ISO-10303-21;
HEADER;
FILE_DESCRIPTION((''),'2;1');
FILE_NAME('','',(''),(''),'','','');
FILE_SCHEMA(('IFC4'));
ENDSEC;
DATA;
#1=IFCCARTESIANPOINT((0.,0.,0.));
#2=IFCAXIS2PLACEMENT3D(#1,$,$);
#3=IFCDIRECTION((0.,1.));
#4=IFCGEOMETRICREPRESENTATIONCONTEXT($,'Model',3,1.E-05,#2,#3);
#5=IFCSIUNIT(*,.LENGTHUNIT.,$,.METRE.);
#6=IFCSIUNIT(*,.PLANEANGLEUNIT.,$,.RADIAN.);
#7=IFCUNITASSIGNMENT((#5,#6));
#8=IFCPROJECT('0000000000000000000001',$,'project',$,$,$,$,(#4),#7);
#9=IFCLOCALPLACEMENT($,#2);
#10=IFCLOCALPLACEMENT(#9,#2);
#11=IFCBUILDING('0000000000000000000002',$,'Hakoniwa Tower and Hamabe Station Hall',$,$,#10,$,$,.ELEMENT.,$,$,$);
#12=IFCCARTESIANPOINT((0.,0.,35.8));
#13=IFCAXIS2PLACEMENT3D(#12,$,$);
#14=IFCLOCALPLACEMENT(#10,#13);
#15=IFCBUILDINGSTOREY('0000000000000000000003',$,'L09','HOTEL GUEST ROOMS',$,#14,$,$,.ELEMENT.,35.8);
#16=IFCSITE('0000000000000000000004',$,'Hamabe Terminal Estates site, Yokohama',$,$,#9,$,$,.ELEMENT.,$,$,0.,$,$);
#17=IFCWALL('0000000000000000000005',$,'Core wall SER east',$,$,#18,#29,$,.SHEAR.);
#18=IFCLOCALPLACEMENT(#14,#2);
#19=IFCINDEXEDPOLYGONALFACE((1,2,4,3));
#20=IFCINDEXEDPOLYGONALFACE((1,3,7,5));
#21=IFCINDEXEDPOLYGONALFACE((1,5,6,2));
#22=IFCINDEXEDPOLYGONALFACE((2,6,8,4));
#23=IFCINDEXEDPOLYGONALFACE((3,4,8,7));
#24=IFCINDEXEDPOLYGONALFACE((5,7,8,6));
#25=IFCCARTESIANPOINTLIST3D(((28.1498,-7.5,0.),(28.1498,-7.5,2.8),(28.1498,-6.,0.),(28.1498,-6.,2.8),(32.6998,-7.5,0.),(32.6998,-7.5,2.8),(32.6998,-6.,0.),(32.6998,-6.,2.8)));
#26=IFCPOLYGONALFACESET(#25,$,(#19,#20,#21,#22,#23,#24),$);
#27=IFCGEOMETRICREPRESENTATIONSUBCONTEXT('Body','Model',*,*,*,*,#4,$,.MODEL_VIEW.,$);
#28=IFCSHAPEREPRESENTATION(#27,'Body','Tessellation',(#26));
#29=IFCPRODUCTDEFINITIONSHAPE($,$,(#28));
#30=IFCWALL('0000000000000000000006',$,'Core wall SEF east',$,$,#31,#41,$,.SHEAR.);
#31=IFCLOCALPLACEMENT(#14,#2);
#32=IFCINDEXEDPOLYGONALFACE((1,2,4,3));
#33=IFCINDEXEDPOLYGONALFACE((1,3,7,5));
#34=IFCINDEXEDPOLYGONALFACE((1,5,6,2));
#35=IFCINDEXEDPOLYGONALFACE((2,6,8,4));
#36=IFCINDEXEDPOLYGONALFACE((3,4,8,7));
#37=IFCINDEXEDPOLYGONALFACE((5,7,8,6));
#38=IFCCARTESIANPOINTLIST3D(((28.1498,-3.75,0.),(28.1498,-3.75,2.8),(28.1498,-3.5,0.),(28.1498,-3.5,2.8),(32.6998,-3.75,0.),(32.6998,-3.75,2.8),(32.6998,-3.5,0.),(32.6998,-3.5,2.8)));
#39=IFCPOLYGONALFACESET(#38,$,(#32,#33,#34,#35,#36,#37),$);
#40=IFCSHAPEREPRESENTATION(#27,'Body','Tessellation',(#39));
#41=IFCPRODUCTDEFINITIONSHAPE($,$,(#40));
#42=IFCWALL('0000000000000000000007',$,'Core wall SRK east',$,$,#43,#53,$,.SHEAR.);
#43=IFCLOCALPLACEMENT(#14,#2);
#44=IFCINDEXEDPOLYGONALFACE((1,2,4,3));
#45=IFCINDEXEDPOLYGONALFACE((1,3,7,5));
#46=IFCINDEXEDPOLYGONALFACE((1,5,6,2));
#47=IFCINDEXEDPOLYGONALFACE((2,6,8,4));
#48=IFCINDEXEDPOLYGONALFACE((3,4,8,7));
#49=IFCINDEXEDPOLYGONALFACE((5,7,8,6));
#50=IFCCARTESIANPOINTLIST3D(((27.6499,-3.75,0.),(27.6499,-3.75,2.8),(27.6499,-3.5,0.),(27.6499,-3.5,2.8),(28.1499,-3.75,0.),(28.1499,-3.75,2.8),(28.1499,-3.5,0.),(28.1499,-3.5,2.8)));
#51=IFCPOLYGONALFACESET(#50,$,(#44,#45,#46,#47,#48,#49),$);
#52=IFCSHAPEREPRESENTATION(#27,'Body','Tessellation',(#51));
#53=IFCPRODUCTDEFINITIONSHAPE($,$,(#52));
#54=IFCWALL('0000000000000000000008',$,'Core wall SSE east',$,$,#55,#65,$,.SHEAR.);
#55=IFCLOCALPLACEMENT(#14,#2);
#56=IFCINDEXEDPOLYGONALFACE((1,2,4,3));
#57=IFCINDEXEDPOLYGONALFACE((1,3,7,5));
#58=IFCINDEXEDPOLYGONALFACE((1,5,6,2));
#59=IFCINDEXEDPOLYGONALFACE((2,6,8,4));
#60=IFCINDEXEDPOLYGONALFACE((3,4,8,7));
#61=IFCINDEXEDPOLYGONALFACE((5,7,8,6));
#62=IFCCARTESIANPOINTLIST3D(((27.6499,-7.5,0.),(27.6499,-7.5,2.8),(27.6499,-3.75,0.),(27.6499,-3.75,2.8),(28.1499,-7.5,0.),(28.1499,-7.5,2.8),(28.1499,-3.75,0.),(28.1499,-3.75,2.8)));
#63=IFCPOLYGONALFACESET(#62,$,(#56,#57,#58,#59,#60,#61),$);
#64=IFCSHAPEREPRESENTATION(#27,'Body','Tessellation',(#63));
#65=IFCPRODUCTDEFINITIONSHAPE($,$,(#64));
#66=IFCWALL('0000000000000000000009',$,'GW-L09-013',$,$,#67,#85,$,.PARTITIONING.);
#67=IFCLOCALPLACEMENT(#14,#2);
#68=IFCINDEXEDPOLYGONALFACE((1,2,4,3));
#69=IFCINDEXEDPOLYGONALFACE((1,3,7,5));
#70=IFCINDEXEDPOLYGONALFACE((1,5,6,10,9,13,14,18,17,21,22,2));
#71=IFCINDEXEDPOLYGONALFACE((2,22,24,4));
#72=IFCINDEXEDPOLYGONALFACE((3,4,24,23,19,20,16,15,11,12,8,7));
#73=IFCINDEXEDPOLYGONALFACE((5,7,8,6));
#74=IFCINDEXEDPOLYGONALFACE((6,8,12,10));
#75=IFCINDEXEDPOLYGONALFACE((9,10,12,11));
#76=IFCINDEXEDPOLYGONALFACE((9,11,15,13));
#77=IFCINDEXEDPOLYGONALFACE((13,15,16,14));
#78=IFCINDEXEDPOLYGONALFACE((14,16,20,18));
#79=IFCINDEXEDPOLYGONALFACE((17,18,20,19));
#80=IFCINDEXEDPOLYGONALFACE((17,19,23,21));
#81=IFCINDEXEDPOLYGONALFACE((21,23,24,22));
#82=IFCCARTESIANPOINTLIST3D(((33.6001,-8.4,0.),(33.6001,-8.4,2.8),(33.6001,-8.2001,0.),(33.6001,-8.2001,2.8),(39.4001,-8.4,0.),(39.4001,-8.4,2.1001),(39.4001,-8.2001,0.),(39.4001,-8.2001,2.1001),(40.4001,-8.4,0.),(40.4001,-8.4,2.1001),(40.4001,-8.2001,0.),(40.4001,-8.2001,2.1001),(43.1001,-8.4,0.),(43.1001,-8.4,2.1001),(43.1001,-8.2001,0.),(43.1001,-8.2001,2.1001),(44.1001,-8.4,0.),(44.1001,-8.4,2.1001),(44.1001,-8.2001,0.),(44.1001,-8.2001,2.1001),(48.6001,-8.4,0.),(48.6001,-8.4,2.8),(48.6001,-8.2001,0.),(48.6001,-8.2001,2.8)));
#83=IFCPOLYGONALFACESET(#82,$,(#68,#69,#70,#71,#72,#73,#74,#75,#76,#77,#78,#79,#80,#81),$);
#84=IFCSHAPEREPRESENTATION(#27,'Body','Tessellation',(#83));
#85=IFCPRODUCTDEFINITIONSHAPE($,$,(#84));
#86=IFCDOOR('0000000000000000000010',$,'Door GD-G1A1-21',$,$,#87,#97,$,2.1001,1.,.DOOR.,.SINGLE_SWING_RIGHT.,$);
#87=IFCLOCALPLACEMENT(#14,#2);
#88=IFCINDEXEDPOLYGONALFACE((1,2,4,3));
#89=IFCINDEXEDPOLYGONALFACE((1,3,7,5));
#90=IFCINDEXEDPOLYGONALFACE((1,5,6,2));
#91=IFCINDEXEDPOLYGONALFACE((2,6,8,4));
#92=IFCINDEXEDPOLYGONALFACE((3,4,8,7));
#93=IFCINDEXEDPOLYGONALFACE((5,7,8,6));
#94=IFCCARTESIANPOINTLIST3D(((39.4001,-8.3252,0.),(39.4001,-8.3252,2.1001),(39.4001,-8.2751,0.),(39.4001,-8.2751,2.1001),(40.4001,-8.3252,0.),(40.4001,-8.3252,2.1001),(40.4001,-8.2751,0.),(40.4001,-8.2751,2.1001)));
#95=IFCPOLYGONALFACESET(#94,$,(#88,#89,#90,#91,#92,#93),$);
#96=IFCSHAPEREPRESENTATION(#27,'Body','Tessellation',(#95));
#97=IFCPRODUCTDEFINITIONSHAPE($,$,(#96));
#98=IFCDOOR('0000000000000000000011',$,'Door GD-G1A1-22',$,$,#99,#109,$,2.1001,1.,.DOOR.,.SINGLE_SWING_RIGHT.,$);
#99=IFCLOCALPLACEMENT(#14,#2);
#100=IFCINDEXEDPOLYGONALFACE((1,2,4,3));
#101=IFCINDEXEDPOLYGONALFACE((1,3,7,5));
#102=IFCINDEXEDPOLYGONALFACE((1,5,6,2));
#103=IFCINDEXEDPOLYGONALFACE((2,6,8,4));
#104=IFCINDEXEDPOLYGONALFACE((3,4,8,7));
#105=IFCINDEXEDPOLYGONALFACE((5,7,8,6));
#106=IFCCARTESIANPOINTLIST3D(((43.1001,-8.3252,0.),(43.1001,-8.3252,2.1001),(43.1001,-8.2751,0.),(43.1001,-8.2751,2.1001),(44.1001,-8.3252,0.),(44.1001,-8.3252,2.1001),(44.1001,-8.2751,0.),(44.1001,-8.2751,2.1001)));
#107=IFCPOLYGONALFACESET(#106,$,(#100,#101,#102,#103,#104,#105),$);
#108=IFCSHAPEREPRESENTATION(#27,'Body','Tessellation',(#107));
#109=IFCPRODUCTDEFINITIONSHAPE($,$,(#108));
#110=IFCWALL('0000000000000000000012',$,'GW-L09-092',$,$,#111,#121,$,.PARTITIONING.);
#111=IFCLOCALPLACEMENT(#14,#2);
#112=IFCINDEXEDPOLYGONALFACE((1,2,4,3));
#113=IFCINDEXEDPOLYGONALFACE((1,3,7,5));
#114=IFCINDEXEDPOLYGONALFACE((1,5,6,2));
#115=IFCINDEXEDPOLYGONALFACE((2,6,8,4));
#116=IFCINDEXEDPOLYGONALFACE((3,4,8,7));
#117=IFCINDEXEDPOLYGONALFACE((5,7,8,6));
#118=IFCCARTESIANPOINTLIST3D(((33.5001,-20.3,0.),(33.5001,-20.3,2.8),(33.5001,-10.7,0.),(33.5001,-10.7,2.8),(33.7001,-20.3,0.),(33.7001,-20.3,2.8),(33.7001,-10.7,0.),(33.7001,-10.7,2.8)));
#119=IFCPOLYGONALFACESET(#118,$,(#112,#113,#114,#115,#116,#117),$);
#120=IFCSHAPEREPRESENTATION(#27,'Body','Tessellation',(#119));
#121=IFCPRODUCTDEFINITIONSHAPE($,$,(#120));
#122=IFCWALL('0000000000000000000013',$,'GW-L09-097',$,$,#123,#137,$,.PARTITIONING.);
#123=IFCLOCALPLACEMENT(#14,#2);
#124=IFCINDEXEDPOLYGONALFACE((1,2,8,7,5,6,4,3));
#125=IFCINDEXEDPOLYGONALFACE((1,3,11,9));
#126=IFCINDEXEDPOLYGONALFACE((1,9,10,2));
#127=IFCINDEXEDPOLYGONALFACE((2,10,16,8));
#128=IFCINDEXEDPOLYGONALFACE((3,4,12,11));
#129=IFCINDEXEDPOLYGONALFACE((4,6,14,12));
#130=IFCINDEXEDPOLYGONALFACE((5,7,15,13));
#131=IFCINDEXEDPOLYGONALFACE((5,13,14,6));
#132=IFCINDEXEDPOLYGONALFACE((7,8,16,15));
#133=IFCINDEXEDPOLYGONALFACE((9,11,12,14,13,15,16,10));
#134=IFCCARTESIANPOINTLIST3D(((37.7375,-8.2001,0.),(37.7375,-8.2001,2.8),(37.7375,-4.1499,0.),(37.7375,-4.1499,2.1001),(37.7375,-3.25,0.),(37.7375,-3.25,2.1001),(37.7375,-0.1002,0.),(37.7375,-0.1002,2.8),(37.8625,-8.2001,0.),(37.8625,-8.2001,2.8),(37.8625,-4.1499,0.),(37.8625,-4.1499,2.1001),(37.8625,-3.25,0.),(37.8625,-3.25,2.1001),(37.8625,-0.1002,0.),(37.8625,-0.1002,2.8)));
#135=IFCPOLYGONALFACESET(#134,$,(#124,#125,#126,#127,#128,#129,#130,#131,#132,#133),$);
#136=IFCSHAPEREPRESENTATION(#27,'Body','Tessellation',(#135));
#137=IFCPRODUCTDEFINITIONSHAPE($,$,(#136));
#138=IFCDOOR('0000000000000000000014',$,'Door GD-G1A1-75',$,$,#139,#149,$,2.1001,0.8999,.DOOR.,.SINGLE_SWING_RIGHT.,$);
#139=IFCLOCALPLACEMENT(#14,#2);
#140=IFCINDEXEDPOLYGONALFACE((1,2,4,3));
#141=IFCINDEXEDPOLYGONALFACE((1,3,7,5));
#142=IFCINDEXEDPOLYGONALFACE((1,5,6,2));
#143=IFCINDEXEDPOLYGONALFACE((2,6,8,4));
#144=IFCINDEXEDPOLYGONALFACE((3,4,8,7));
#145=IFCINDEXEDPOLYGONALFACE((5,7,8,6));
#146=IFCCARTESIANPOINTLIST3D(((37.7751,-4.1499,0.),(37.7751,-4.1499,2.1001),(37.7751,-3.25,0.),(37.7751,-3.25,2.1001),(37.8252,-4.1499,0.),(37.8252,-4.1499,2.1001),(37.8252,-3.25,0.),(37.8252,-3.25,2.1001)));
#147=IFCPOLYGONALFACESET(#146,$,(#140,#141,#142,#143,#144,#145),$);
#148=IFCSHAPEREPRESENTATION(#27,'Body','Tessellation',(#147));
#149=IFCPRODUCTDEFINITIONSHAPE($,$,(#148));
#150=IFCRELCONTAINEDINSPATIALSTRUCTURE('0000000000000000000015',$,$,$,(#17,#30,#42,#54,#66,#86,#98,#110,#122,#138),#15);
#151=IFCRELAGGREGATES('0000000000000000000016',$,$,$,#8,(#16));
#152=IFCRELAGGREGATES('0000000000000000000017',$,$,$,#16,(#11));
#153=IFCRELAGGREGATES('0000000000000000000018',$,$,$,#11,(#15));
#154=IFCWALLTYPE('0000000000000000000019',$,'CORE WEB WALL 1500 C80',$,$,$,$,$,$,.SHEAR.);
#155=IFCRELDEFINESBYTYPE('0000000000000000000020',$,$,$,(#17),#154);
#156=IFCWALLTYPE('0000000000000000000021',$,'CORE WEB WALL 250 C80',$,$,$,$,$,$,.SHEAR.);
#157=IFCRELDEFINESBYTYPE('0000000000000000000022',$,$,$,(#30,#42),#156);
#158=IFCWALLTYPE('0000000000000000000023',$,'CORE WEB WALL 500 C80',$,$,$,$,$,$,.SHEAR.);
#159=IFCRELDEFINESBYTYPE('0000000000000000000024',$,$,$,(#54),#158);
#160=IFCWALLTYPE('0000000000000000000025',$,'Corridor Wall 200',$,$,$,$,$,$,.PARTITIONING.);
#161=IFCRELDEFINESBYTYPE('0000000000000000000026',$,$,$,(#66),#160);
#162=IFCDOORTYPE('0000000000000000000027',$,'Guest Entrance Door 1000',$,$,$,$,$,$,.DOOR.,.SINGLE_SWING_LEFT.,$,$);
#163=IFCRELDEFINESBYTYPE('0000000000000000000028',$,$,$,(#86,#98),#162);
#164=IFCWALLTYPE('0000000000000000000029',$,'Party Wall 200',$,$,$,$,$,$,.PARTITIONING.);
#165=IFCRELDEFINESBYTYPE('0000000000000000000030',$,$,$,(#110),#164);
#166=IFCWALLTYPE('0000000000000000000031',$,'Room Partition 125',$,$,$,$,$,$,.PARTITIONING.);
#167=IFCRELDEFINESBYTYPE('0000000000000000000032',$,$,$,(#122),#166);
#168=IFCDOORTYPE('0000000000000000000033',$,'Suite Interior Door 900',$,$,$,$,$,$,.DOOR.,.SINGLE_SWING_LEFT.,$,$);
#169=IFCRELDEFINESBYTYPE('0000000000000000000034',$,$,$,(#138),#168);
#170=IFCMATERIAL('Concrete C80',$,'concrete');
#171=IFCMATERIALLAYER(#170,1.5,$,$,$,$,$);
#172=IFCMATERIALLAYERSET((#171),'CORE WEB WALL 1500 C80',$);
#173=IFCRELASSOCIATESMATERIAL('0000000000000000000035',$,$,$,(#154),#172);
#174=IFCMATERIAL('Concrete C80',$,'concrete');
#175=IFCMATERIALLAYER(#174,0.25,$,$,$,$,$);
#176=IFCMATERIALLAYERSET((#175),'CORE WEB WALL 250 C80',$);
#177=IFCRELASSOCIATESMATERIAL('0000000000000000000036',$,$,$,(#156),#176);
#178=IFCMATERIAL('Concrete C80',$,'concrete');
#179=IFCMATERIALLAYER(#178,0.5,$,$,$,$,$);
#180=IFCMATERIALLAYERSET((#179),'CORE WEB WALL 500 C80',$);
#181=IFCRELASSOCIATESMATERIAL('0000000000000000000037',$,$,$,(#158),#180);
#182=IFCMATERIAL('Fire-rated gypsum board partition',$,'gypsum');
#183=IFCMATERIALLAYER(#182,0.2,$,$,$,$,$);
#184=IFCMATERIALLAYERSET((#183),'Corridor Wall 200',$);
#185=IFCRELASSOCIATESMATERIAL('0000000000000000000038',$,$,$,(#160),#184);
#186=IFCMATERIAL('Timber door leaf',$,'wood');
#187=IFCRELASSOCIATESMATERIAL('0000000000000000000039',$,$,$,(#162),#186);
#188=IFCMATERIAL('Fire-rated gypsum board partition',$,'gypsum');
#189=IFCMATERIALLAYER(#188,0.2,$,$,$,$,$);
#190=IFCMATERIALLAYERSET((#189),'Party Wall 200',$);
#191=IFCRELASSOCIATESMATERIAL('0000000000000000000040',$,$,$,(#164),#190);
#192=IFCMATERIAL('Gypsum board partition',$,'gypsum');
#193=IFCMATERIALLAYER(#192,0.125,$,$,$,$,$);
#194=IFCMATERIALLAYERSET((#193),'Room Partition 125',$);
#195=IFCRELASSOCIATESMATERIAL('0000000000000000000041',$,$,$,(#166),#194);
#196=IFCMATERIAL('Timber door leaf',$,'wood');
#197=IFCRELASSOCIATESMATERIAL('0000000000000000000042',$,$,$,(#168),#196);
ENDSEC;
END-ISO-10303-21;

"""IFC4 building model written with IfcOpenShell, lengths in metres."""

from ifc_helpers import new_model, si_unit, direction, frame, frame_2d, origin, place, context, subcontext, project, spatial, rectangle, extrude, material, layer, layer_set, type_object, element, fill, save


model = new_model("IFC4")

# Units and contexts
model_context = context("Model", 3, precision=1e-05, world=origin(), true_north=direction((0.0, 1.0)))
body_context = subcontext(model_context, "Body", "Model", "MODEL_VIEW")
ifc_project = project(units=[si_unit("LENGTHUNIT", "METRE"), si_unit("PLANEANGLEUNIT", "RADIAN")], contexts=[model_context])

# Site, building, storey
site_placement = place(None, origin())
site = spatial("IfcSite", under=ifc_project, at=site_placement, Name="Hamabe Terminal Estates site, Yokohama", CompositionType="ELEMENT", RefElevation=0.0)
building_placement = place(site_placement, origin())
building = spatial("IfcBuilding", under=site, at=building_placement, Name="Hakoniwa Tower and Hamabe Station Hall", CompositionType="ELEMENT")
storey_placement = place(building_placement, frame((0.0, 0.0, 35.8)))
storey = spatial("IfcBuildingStorey", under=building, at=storey_placement, Name="L09", Description="HOTEL GUEST ROOMS", CompositionType="ELEMENT", Elevation=35.8)

# Walls
ifc_material_1 = material(Name="Concrete C80", Category="concrete")
ifc_layer_1 = layer(ifc_material_1, 1.5)
ifc_layer_set_1 = layer_set([ifc_layer_1], Name="CORE WEB WALL 1500 C80")
wall_type_1 = type_object("IfcWallType", Name="CORE WEB WALL 1500 C80", PredefinedType="SHEAR", material=ifc_layer_set_1)
wall_1_placement = place(storey_placement, frame((28.1499, -6.75, 0.0), z_axis=(0.0, 0.0, 1.0), x_axis=(1.0, 0.0, 0.0)))
element("IfcWall", 1, at=wall_1_placement, inside=storey, type_object=wall_type_1, Name="Core wall SER east", PredefinedType="SHEAR", context=body_context, shape_type="SweptSolid", body=[
    extrude(rectangle(XDim=4.55, YDim=1.5, at=frame_2d((2.2749, 0.0))), origin(), (0.0, 0.0, 1.0), 2.8),
])
ifc_material_2 = material(Name="Concrete C80", Category="concrete")
ifc_layer_2 = layer(ifc_material_2, 0.25)
ifc_layer_set_2 = layer_set([ifc_layer_2], Name="CORE WEB WALL 250 C80")
wall_type_2 = type_object("IfcWallType", Name="CORE WEB WALL 250 C80", PredefinedType="SHEAR", material=ifc_layer_set_2)
wall_2_placement = place(storey_placement, frame((28.1499, -3.625, 0.0), z_axis=(0.0, 0.0, 1.0), x_axis=(1.0, 0.0, 0.0)))
element("IfcWall", 2, at=wall_2_placement, inside=storey, type_object=wall_type_2, Name="Core wall SEF east", PredefinedType="SHEAR", context=body_context, shape_type="SweptSolid", body=[
    extrude(rectangle(XDim=4.55, YDim=0.25, at=frame_2d((2.2749, 0.0))), origin(), (0.0, 0.0, 1.0), 2.8),
])
wall_3_placement = place(storey_placement, frame((27.6499, -3.625, 0.0), z_axis=(0.0, 0.0, 1.0), x_axis=(1.0, 0.0, 0.0)))
element("IfcWall", 3, at=wall_3_placement, inside=storey, type_object=wall_type_2, Name="Core wall SRK east", PredefinedType="SHEAR", context=body_context, shape_type="SweptSolid", body=[
    extrude(rectangle(XDim=0.5, YDim=0.25, at=frame_2d((0.25, 0.0))), origin(), (0.0, 0.0, 1.0), 2.8),
])
ifc_material_3 = material(Name="Concrete C80", Category="concrete")
ifc_layer_3 = layer(ifc_material_3, 0.5)
ifc_layer_set_3 = layer_set([ifc_layer_3], Name="CORE WEB WALL 500 C80")
wall_type_3 = type_object("IfcWallType", Name="CORE WEB WALL 500 C80", PredefinedType="SHEAR", material=ifc_layer_set_3)
wall_4_placement = place(storey_placement, frame((27.8999, -7.5, 0.0), z_axis=(0.0, 0.0, 1.0), x_axis=(0.0, 1.0, 0.0)))
element("IfcWall", 4, at=wall_4_placement, inside=storey, type_object=wall_type_3, Name="Core wall SSE east", PredefinedType="SHEAR", context=body_context, shape_type="SweptSolid", body=[
    extrude(rectangle(XDim=3.75, YDim=0.5, at=frame_2d((1.875, 0.0))), origin(), (0.0, 0.0, 1.0), 2.8),
])

# Wall, openings, doors
ifc_material_4 = material(Name="Fire-rated gypsum board partition", Category="gypsum")
ifc_layer_4 = layer(ifc_material_4, 0.2)
ifc_layer_set_4 = layer_set([ifc_layer_4], Name="Corridor Wall 200")
wall_type_4 = type_object("IfcWallType", Name="Corridor Wall 200", PredefinedType="PARTITIONING", material=ifc_layer_set_4)
wall_5_placement = place(storey_placement, frame((33.6001, -8.3, 0.0), z_axis=(0.0, 0.0, 1.0), x_axis=(1.0, 0.0, 0.0)))
wall_5 = element("IfcWall", 5, at=wall_5_placement, inside=storey, type_object=wall_type_4, Name="GW-L09-013", PredefinedType="PARTITIONING", context=body_context, shape_type="SweptSolid", body=[
    extrude(rectangle(XDim=15.0, YDim=0.2, at=frame_2d((7.5, 0.0))), origin(), (0.0, 0.0, 1.0), 2.8),
])
opening_1_placement = place(wall_5_placement, frame((5.8, 0.0, 0.0)))
opening_1 = element("IfcOpeningElement", 6, at=opening_1_placement, cuts=wall_5, PredefinedType="OPENING", context=body_context, shape_type="SweptSolid", body=[
    extrude(rectangle(XDim=1.0, YDim=2.1001, at=frame_2d((0.5, 1.05))), frame((0.0, 0.1099, 0.0), z_axis=(0.0, -1.0, 0.0), x_axis=(1.0, 0.0, 0.0)), (0.0, 0.0, 1.0), 0.22),
])
opening_2_placement = place(wall_5_placement, frame((9.5, 0.0, 0.0)))
opening_2 = element("IfcOpeningElement", 7, at=opening_2_placement, cuts=wall_5, PredefinedType="OPENING", context=body_context, shape_type="SweptSolid", body=[
    extrude(rectangle(XDim=1.0, YDim=2.1001, at=frame_2d((0.5, 1.05))), frame((0.0, 0.1099, 0.0), z_axis=(0.0, -1.0, 0.0), x_axis=(1.0, 0.0, 0.0)), (0.0, 0.0, 1.0), 0.22),
])
ifc_material_5 = material(Name="Timber door leaf", Category="wood")
door_type_1 = type_object("IfcDoorType", Name="Guest Entrance Door 1000", OperationType="SINGLE_SWING_LEFT", PredefinedType="DOOR", material=ifc_material_5)
door_1_placement = place(opening_1_placement, origin())
door_1 = element("IfcDoor", 8, at=door_1_placement, inside=storey, type_object=door_type_1, Name="Door GD-G1A1-21", OperationType="SINGLE_SWING_RIGHT", OverallHeight=2.1001, OverallWidth=1.0, PredefinedType="DOOR", context=body_context, shape_type="SweptSolid", body=[
    extrude(rectangle(XDim=1.0, YDim=2.1001, at=frame_2d((0.5, 1.05))), frame((0.0, 0.0249, 0.0), z_axis=(0.0, -1.0, 0.0), x_axis=(1.0, 0.0, 0.0)), (0.0, 0.0, 1.0), 0.05),
])
fill(opening_1, door_1)
door_2_placement = place(opening_2_placement, origin())
door_2 = element("IfcDoor", 9, at=door_2_placement, inside=storey, type_object=door_type_1, Name="Door GD-G1A1-22", OperationType="SINGLE_SWING_RIGHT", OverallHeight=2.1001, OverallWidth=1.0, PredefinedType="DOOR", context=body_context, shape_type="SweptSolid", body=[
    extrude(rectangle(XDim=1.0, YDim=2.1001, at=frame_2d((0.5, 1.05))), frame((0.0, 0.0249, 0.0), z_axis=(0.0, -1.0, 0.0), x_axis=(1.0, 0.0, 0.0)), (0.0, 0.0, 1.0), 0.05),
])
fill(opening_2, door_2)

# Wall
ifc_material_6 = material(Name="Fire-rated gypsum board partition", Category="gypsum")
ifc_layer_5 = layer(ifc_material_6, 0.2)
ifc_layer_set_5 = layer_set([ifc_layer_5], Name="Party Wall 200")
wall_type_5 = type_object("IfcWallType", Name="Party Wall 200", PredefinedType="PARTITIONING", material=ifc_layer_set_5)
wall_6_placement = place(storey_placement, frame((33.6001, -20.3, 0.0), z_axis=(0.0, 0.0, 1.0), x_axis=(0.0, 1.0, 0.0)))
element("IfcWall", 10, at=wall_6_placement, inside=storey, type_object=wall_type_5, Name="GW-L09-092", PredefinedType="PARTITIONING", context=body_context, shape_type="SweptSolid", body=[
    extrude(rectangle(XDim=9.6001, YDim=0.2, at=frame_2d((4.8, 0.0))), origin(), (0.0, 0.0, 1.0), 2.8),
])

# Wall, opening, door
ifc_material_7 = material(Name="Gypsum board partition", Category="gypsum")
ifc_layer_6 = layer(ifc_material_7, 0.125)
ifc_layer_set_6 = layer_set([ifc_layer_6], Name="Room Partition 125")
wall_type_6 = type_object("IfcWallType", Name="Room Partition 125", PredefinedType="PARTITIONING", material=ifc_layer_set_6)
wall_7_placement = place(storey_placement, frame((37.8, -8.2, 0.0), z_axis=(0.0, 0.0, 1.0), x_axis=(0.0, 1.0, 0.0)))
wall_7 = element("IfcWall", 11, at=wall_7_placement, inside=storey, type_object=wall_type_6, Name="GW-L09-097", PredefinedType="PARTITIONING", context=body_context, shape_type="SweptSolid", body=[
    extrude(rectangle(XDim=8.0999, YDim=0.125, at=frame_2d((4.0498, 0.0))), origin(), (0.0, 0.0, 1.0), 2.8),
])
opening_3_placement = place(wall_7_placement, frame((4.05, 0.0, 0.0)))
opening_3 = element("IfcOpeningElement", 12, at=opening_3_placement, cuts=wall_7, PredefinedType="OPENING", context=body_context, shape_type="SweptSolid", body=[
    extrude(rectangle(XDim=0.8999, YDim=2.1001, at=frame_2d((0.45, 1.05))), frame((0.0, 0.0725, 0.0), z_axis=(0.0, -1.0, 0.0), x_axis=(1.0, 0.0, 0.0)), (0.0, 0.0, 1.0), 0.145),
])
ifc_material_8 = material(Name="Timber door leaf", Category="wood")
door_type_2 = type_object("IfcDoorType", Name="Suite Interior Door 900", OperationType="SINGLE_SWING_LEFT", PredefinedType="DOOR", material=ifc_material_8)
door_3_placement = place(opening_3_placement, origin())
door_3 = element("IfcDoor", 13, at=door_3_placement, inside=storey, type_object=door_type_2, Name="Door GD-G1A1-75", OperationType="SINGLE_SWING_RIGHT", OverallHeight=2.1001, OverallWidth=0.8999, PredefinedType="DOOR", context=body_context, shape_type="SweptSolid", body=[
    extrude(rectangle(XDim=0.8999, YDim=2.1001, at=frame_2d((0.45, 1.05))), frame((0.0, 0.0249, 0.0), z_axis=(0.0, -1.0, 0.0), x_axis=(1.0, 0.0, 0.0)), (0.0, 0.0, 1.0), 0.05),
])
fill(opening_3, door_3)

save(model, "model.ifc")
